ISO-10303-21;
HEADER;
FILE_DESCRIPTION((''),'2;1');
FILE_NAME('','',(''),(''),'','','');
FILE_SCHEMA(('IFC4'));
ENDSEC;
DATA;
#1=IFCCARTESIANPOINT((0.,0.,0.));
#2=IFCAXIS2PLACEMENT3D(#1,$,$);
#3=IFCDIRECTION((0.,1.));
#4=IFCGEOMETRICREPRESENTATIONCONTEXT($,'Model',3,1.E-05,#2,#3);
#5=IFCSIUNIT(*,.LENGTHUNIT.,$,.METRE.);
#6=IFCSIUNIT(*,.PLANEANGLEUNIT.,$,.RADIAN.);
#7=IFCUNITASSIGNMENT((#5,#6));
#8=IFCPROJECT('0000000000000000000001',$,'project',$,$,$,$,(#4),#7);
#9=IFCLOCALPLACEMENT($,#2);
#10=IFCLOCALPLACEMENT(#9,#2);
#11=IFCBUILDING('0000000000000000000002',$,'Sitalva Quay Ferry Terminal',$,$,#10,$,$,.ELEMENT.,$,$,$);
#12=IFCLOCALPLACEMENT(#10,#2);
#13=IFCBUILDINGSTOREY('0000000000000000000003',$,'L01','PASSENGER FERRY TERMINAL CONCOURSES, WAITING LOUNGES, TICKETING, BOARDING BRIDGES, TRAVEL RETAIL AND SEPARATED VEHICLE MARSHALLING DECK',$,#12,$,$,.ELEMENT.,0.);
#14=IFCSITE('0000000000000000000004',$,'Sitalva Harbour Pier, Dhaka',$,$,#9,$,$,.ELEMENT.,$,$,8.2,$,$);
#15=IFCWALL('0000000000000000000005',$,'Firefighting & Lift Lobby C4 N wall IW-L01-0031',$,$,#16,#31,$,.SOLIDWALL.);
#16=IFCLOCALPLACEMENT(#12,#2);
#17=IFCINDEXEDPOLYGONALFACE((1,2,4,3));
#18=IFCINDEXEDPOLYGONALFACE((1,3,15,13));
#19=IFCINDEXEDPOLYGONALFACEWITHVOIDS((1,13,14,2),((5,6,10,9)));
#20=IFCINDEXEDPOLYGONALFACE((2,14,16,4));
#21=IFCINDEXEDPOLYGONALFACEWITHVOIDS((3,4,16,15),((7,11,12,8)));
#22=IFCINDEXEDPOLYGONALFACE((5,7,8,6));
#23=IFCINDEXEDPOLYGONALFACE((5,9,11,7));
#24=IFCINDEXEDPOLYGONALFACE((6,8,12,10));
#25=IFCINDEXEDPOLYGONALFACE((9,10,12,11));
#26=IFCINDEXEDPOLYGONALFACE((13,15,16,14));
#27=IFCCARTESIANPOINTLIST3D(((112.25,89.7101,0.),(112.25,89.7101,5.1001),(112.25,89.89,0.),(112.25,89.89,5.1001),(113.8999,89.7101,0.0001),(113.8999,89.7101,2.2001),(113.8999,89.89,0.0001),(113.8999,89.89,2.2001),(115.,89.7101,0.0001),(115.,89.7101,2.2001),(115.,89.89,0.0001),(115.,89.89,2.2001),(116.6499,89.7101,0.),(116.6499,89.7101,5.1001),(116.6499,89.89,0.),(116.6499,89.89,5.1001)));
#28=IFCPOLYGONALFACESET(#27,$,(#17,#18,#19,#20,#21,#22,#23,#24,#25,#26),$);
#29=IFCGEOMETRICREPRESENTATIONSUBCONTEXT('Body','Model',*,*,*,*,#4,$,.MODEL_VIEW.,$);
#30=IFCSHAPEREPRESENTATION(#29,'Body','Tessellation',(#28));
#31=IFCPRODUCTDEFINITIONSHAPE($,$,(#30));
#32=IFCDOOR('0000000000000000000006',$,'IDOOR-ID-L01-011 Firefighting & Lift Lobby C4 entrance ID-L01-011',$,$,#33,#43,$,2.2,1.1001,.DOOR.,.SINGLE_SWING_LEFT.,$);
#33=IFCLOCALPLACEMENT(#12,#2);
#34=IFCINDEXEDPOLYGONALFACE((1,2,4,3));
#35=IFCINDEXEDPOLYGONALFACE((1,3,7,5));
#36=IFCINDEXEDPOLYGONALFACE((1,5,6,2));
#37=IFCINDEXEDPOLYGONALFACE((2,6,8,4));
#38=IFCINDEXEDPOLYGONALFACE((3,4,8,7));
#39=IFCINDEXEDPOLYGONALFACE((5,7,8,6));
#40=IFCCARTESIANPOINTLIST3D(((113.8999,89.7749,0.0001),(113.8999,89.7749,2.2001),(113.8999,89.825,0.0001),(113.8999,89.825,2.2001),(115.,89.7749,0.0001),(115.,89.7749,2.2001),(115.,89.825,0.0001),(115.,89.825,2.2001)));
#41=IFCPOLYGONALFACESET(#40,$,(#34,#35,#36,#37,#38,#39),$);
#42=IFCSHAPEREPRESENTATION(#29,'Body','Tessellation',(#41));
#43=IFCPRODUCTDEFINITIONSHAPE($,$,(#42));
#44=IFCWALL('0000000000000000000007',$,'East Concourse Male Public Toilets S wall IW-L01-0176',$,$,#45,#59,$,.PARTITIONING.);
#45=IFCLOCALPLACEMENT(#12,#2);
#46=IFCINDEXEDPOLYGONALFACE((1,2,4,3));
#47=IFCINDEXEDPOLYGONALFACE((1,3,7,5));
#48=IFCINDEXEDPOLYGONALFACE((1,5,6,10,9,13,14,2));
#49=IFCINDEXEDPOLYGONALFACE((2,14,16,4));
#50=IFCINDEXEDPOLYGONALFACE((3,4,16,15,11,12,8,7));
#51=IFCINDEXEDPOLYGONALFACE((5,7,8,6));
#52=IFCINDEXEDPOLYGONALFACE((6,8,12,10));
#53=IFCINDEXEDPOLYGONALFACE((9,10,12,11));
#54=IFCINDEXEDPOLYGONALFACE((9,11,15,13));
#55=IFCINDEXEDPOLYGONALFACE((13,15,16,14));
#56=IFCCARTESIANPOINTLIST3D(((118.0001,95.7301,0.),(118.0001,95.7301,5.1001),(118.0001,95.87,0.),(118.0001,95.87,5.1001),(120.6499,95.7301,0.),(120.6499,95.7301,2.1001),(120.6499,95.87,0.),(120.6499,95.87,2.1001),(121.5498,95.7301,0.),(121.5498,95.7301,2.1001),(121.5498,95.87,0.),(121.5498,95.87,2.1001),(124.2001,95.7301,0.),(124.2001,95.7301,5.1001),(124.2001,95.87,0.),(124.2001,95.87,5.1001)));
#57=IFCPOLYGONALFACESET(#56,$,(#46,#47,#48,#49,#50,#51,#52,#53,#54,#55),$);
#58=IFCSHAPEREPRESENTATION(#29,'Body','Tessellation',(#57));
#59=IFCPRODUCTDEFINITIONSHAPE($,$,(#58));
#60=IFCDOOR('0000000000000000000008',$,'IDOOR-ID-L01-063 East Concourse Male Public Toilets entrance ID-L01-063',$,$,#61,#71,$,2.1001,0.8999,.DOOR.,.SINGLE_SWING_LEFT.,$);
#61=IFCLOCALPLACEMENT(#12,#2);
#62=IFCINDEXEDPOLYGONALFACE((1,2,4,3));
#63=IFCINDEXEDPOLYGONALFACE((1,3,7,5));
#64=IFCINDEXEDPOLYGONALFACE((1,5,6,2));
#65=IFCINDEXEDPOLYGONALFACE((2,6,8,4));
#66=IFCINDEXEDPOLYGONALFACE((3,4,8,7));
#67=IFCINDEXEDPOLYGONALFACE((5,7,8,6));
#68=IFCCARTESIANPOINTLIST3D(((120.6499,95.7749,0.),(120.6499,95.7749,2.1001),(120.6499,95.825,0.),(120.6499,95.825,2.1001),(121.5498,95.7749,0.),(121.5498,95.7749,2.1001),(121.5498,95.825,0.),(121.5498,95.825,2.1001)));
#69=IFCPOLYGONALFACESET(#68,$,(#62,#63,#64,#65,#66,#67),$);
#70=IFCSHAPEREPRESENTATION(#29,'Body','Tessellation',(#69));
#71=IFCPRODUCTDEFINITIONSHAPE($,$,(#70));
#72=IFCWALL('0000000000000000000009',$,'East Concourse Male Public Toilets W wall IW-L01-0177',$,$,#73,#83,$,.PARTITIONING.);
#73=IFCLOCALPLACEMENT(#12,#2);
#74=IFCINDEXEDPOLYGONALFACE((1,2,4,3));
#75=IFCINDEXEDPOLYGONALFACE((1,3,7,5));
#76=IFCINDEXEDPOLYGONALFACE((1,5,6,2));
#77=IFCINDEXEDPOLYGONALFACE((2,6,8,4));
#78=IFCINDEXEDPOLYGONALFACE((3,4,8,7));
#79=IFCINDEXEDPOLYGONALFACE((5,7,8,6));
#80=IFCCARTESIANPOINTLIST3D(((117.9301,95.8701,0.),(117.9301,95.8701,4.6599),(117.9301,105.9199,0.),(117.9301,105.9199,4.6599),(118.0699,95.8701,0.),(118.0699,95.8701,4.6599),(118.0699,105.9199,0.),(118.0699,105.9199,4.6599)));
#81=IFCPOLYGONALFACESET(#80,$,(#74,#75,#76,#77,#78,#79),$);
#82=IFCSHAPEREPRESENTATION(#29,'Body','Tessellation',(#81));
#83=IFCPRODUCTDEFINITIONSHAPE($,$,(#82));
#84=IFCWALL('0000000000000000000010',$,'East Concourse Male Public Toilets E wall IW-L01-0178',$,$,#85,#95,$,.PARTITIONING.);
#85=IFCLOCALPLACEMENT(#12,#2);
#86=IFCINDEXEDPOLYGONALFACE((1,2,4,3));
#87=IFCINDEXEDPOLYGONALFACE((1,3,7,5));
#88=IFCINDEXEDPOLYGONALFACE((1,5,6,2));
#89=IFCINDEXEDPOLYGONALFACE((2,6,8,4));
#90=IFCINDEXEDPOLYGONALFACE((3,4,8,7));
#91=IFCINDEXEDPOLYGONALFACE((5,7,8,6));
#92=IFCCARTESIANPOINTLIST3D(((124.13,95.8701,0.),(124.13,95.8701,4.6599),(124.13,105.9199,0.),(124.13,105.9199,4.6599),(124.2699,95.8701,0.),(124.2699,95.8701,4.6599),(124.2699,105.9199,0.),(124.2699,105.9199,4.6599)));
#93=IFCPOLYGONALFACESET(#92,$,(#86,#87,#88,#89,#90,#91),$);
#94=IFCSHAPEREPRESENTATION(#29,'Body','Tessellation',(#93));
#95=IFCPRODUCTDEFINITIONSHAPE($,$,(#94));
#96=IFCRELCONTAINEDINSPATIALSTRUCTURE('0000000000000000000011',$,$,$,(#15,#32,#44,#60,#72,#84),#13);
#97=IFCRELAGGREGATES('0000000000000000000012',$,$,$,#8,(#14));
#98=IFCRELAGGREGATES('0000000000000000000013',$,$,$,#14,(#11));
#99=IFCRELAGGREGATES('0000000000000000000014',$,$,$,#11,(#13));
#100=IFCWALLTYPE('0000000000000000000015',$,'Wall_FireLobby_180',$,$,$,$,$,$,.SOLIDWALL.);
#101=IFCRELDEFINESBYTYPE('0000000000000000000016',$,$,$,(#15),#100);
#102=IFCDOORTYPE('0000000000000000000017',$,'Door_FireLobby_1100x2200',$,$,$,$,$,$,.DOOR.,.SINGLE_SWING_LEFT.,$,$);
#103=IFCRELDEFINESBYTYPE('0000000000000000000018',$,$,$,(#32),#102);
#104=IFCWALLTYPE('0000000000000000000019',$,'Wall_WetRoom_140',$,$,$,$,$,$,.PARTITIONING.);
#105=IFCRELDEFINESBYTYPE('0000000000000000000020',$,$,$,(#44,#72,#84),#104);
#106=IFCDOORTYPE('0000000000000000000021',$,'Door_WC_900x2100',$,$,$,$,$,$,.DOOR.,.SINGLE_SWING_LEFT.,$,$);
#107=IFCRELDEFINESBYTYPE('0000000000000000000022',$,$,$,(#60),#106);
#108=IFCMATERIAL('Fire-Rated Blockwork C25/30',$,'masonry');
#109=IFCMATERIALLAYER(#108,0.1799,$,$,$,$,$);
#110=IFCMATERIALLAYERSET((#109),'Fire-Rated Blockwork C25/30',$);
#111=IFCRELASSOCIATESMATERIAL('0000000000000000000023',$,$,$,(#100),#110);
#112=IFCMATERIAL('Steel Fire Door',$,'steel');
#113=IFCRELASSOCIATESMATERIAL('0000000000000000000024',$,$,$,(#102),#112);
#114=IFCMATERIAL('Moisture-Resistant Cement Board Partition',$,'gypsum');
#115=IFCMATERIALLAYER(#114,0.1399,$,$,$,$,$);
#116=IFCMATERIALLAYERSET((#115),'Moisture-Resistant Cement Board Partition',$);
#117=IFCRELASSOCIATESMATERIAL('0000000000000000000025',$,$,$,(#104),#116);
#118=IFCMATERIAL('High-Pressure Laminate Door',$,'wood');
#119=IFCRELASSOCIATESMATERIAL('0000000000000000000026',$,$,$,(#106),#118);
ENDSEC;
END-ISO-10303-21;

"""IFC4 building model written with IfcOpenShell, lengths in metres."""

from ifc_helpers import new_model, si_unit, direction, frame, frame_2d, origin, place, context, subcontext, project, spatial, rectangle, extrude, material, layer, layer_set, type_object, element, fill, save


model = new_model("IFC4")

# Units and contexts
model_context = context("Model", 3, precision=1e-05, world=origin(), true_north=direction((0.0, 1.0)))
body_context = subcontext(model_context, "Body", "Model", "MODEL_VIEW")
ifc_project = project(units=[si_unit("LENGTHUNIT", "METRE"), si_unit("PLANEANGLEUNIT", "RADIAN")], contexts=[model_context])

# Site, building, storey
site_placement = place(None, origin())
site = spatial("IfcSite", under=ifc_project, at=site_placement, Name="Sitalva Harbour Pier, Dhaka", CompositionType="ELEMENT", RefElevation=8.2)
building_placement = place(site_placement, origin())
building = spatial("IfcBuilding", under=site, at=building_placement, Name="Sitalva Quay Ferry Terminal", CompositionType="ELEMENT")
storey_placement = place(building_placement, origin())
storey = spatial("IfcBuildingStorey", under=building, at=storey_placement, Name="L01", Description="PASSENGER FERRY TERMINAL CONCOURSES, WAITING LOUNGES, TICKETING, BOARDING BRIDGES, TRAVEL RETAIL AND SEPARATED VEHICLE MARSHALLING DECK", CompositionType="ELEMENT", Elevation=0.0)

# Walls, openings, doors
ifc_material_1 = material(Name="Fire-Rated Blockwork C25/30", Category="masonry")
ifc_layer_1 = layer(ifc_material_1, 0.1799)
ifc_layer_set_1 = layer_set([ifc_layer_1], Name="Fire-Rated Blockwork C25/30")
wall_type_1 = type_object("IfcWallType", Name="Wall_FireLobby_180", PredefinedType="SOLIDWALL", material=ifc_layer_set_1)
wall_1_placement = place(storey_placement, frame((112.25, 89.8, 0.0), z_axis=(0.0, 0.0, 1.0), x_axis=(1.0, 0.0, 0.0)))
wall_1 = element("IfcWall", 1, at=wall_1_placement, inside=storey, type_object=wall_type_1, Name="Firefighting & Lift Lobby C4 N wall IW-L01-0031", PredefinedType="SOLIDWALL", context=body_context, shape_type="SweptSolid", body=[
    extrude(rectangle(XDim=4.3999, YDim=0.1799, at=frame_2d((2.2, 0.0))), origin(), (0.0, 0.0, 1.0), 5.1001),
])
opening_1_placement = place(wall_1_placement, frame((1.6499, 0.0, 0.0)))
opening_1 = element("IfcOpeningElement", 2, at=opening_1_placement, cuts=wall_1, PredefinedType="OPENING", context=body_context, shape_type="SweptSolid", body=[
    extrude(rectangle(XDim=1.1001, YDim=2.2, at=frame_2d((0.55, 1.1001))), frame((0.0, 0.0999, 0.0), z_axis=(0.0, -1.0, 0.0), x_axis=(1.0, 0.0, 0.0)), (0.0, 0.0, 1.0), 0.2),
])
ifc_material_2 = material(Name="Steel Fire Door", Category="steel")
door_type_1 = type_object("IfcDoorType", Name="Door_FireLobby_1100x2200", OperationType="SINGLE_SWING_LEFT", PredefinedType="DOOR", material=ifc_material_2)
door_1_placement = place(opening_1_placement, origin())
door_1 = element("IfcDoor", 3, at=door_1_placement, inside=storey, type_object=door_type_1, Name="IDOOR-ID-L01-011 Firefighting & Lift Lobby C4 entrance ID-L01-011", OperationType="SINGLE_SWING_LEFT", OverallHeight=2.2, OverallWidth=1.1001, PredefinedType="DOOR", context=body_context, shape_type="SweptSolid", body=[
    extrude(rectangle(XDim=1.1001, YDim=2.2, at=frame_2d((0.55, 1.1001))), frame((0.0, 0.0249, 0.0), z_axis=(0.0, -1.0, 0.0), x_axis=(1.0, 0.0, 0.0)), (0.0, 0.0, 1.0), 0.05),
])
fill(opening_1, door_1)
ifc_material_3 = material(Name="Moisture-Resistant Cement Board Partition", Category="gypsum")
ifc_layer_2 = layer(ifc_material_3, 0.1399)
ifc_layer_set_2 = layer_set([ifc_layer_2], Name="Moisture-Resistant Cement Board Partition")
wall_type_2 = type_object("IfcWallType", Name="Wall_WetRoom_140", PredefinedType="PARTITIONING", material=ifc_layer_set_2)
wall_2_placement = place(storey_placement, frame((118.0, 95.8, 0.0), z_axis=(0.0, 0.0, 1.0), x_axis=(1.0, 0.0, 0.0)))
wall_2 = element("IfcWall", 4, at=wall_2_placement, inside=storey, type_object=wall_type_2, Name="East Concourse Male Public Toilets S wall IW-L01-0176", PredefinedType="PARTITIONING", context=body_context, shape_type="SweptSolid", body=[
    extrude(rectangle(XDim=6.2, YDim=0.1399, at=frame_2d((3.1001, 0.0))), origin(), (0.0, 0.0, 1.0), 5.1001),
])
opening_2_placement = place(wall_2_placement, frame((2.6499, 0.0, 0.0)))
opening_2 = element("IfcOpeningElement", 5, at=opening_2_placement, cuts=wall_2, PredefinedType="OPENING", context=body_context, shape_type="SweptSolid", body=[
    extrude(rectangle(XDim=0.8999, YDim=2.1001, at=frame_2d((0.45, 1.05))), frame((0.0, 0.0798, 0.0), z_axis=(0.0, -1.0, 0.0), x_axis=(1.0, 0.0, 0.0)), (0.0, 0.0, 1.0), 0.1599),
])
ifc_material_4 = material(Name="High-Pressure Laminate Door", Category="wood")
door_type_2 = type_object("IfcDoorType", Name="Door_WC_900x2100", OperationType="SINGLE_SWING_LEFT", PredefinedType="DOOR", material=ifc_material_4)
door_2_placement = place(opening_2_placement, origin())
door_2 = element("IfcDoor", 6, at=door_2_placement, inside=storey, type_object=door_type_2, Name="IDOOR-ID-L01-063 East Concourse Male Public Toilets entrance ID-L01-063", OperationType="SINGLE_SWING_LEFT", OverallHeight=2.1001, OverallWidth=0.8999, PredefinedType="DOOR", context=body_context, shape_type="SweptSolid", body=[
    extrude(rectangle(XDim=0.8999, YDim=2.1001, at=frame_2d((0.45, 1.05))), frame((0.0, 0.0249, 0.0), z_axis=(0.0, -1.0, 0.0), x_axis=(1.0, 0.0, 0.0)), (0.0, 0.0, 1.0), 0.05),
])
fill(opening_2, door_2)

# Walls
for number, where, z_axis, x_axis, name in (
    (7, (118.0, 95.8701, 0.0), (0.0, 0.0, 1.0), (0.0, 1.0, 0.0), "East Concourse Male Public Toilets W wall IW-L01-0177"),
    (8, (124.2, 95.8701, 0.0), (0.0, 0.0, 1.0), (0.0, 1.0, 0.0), "East Concourse Male Public Toilets E wall IW-L01-0178"),
):
    element("IfcWall", number, at=place(storey_placement, frame(where, z_axis=z_axis, x_axis=x_axis)), inside=storey, type_object=wall_type_2, Name=name, PredefinedType="PARTITIONING", context=body_context, shape_type="SweptSolid", body=[
        extrude(rectangle(XDim=10.0498, YDim=0.1399, at=frame_2d((5.0249, 0.0))), origin(), (0.0, 0.0, 1.0), 4.6599),
    ])

save(model, "model.ifc")
